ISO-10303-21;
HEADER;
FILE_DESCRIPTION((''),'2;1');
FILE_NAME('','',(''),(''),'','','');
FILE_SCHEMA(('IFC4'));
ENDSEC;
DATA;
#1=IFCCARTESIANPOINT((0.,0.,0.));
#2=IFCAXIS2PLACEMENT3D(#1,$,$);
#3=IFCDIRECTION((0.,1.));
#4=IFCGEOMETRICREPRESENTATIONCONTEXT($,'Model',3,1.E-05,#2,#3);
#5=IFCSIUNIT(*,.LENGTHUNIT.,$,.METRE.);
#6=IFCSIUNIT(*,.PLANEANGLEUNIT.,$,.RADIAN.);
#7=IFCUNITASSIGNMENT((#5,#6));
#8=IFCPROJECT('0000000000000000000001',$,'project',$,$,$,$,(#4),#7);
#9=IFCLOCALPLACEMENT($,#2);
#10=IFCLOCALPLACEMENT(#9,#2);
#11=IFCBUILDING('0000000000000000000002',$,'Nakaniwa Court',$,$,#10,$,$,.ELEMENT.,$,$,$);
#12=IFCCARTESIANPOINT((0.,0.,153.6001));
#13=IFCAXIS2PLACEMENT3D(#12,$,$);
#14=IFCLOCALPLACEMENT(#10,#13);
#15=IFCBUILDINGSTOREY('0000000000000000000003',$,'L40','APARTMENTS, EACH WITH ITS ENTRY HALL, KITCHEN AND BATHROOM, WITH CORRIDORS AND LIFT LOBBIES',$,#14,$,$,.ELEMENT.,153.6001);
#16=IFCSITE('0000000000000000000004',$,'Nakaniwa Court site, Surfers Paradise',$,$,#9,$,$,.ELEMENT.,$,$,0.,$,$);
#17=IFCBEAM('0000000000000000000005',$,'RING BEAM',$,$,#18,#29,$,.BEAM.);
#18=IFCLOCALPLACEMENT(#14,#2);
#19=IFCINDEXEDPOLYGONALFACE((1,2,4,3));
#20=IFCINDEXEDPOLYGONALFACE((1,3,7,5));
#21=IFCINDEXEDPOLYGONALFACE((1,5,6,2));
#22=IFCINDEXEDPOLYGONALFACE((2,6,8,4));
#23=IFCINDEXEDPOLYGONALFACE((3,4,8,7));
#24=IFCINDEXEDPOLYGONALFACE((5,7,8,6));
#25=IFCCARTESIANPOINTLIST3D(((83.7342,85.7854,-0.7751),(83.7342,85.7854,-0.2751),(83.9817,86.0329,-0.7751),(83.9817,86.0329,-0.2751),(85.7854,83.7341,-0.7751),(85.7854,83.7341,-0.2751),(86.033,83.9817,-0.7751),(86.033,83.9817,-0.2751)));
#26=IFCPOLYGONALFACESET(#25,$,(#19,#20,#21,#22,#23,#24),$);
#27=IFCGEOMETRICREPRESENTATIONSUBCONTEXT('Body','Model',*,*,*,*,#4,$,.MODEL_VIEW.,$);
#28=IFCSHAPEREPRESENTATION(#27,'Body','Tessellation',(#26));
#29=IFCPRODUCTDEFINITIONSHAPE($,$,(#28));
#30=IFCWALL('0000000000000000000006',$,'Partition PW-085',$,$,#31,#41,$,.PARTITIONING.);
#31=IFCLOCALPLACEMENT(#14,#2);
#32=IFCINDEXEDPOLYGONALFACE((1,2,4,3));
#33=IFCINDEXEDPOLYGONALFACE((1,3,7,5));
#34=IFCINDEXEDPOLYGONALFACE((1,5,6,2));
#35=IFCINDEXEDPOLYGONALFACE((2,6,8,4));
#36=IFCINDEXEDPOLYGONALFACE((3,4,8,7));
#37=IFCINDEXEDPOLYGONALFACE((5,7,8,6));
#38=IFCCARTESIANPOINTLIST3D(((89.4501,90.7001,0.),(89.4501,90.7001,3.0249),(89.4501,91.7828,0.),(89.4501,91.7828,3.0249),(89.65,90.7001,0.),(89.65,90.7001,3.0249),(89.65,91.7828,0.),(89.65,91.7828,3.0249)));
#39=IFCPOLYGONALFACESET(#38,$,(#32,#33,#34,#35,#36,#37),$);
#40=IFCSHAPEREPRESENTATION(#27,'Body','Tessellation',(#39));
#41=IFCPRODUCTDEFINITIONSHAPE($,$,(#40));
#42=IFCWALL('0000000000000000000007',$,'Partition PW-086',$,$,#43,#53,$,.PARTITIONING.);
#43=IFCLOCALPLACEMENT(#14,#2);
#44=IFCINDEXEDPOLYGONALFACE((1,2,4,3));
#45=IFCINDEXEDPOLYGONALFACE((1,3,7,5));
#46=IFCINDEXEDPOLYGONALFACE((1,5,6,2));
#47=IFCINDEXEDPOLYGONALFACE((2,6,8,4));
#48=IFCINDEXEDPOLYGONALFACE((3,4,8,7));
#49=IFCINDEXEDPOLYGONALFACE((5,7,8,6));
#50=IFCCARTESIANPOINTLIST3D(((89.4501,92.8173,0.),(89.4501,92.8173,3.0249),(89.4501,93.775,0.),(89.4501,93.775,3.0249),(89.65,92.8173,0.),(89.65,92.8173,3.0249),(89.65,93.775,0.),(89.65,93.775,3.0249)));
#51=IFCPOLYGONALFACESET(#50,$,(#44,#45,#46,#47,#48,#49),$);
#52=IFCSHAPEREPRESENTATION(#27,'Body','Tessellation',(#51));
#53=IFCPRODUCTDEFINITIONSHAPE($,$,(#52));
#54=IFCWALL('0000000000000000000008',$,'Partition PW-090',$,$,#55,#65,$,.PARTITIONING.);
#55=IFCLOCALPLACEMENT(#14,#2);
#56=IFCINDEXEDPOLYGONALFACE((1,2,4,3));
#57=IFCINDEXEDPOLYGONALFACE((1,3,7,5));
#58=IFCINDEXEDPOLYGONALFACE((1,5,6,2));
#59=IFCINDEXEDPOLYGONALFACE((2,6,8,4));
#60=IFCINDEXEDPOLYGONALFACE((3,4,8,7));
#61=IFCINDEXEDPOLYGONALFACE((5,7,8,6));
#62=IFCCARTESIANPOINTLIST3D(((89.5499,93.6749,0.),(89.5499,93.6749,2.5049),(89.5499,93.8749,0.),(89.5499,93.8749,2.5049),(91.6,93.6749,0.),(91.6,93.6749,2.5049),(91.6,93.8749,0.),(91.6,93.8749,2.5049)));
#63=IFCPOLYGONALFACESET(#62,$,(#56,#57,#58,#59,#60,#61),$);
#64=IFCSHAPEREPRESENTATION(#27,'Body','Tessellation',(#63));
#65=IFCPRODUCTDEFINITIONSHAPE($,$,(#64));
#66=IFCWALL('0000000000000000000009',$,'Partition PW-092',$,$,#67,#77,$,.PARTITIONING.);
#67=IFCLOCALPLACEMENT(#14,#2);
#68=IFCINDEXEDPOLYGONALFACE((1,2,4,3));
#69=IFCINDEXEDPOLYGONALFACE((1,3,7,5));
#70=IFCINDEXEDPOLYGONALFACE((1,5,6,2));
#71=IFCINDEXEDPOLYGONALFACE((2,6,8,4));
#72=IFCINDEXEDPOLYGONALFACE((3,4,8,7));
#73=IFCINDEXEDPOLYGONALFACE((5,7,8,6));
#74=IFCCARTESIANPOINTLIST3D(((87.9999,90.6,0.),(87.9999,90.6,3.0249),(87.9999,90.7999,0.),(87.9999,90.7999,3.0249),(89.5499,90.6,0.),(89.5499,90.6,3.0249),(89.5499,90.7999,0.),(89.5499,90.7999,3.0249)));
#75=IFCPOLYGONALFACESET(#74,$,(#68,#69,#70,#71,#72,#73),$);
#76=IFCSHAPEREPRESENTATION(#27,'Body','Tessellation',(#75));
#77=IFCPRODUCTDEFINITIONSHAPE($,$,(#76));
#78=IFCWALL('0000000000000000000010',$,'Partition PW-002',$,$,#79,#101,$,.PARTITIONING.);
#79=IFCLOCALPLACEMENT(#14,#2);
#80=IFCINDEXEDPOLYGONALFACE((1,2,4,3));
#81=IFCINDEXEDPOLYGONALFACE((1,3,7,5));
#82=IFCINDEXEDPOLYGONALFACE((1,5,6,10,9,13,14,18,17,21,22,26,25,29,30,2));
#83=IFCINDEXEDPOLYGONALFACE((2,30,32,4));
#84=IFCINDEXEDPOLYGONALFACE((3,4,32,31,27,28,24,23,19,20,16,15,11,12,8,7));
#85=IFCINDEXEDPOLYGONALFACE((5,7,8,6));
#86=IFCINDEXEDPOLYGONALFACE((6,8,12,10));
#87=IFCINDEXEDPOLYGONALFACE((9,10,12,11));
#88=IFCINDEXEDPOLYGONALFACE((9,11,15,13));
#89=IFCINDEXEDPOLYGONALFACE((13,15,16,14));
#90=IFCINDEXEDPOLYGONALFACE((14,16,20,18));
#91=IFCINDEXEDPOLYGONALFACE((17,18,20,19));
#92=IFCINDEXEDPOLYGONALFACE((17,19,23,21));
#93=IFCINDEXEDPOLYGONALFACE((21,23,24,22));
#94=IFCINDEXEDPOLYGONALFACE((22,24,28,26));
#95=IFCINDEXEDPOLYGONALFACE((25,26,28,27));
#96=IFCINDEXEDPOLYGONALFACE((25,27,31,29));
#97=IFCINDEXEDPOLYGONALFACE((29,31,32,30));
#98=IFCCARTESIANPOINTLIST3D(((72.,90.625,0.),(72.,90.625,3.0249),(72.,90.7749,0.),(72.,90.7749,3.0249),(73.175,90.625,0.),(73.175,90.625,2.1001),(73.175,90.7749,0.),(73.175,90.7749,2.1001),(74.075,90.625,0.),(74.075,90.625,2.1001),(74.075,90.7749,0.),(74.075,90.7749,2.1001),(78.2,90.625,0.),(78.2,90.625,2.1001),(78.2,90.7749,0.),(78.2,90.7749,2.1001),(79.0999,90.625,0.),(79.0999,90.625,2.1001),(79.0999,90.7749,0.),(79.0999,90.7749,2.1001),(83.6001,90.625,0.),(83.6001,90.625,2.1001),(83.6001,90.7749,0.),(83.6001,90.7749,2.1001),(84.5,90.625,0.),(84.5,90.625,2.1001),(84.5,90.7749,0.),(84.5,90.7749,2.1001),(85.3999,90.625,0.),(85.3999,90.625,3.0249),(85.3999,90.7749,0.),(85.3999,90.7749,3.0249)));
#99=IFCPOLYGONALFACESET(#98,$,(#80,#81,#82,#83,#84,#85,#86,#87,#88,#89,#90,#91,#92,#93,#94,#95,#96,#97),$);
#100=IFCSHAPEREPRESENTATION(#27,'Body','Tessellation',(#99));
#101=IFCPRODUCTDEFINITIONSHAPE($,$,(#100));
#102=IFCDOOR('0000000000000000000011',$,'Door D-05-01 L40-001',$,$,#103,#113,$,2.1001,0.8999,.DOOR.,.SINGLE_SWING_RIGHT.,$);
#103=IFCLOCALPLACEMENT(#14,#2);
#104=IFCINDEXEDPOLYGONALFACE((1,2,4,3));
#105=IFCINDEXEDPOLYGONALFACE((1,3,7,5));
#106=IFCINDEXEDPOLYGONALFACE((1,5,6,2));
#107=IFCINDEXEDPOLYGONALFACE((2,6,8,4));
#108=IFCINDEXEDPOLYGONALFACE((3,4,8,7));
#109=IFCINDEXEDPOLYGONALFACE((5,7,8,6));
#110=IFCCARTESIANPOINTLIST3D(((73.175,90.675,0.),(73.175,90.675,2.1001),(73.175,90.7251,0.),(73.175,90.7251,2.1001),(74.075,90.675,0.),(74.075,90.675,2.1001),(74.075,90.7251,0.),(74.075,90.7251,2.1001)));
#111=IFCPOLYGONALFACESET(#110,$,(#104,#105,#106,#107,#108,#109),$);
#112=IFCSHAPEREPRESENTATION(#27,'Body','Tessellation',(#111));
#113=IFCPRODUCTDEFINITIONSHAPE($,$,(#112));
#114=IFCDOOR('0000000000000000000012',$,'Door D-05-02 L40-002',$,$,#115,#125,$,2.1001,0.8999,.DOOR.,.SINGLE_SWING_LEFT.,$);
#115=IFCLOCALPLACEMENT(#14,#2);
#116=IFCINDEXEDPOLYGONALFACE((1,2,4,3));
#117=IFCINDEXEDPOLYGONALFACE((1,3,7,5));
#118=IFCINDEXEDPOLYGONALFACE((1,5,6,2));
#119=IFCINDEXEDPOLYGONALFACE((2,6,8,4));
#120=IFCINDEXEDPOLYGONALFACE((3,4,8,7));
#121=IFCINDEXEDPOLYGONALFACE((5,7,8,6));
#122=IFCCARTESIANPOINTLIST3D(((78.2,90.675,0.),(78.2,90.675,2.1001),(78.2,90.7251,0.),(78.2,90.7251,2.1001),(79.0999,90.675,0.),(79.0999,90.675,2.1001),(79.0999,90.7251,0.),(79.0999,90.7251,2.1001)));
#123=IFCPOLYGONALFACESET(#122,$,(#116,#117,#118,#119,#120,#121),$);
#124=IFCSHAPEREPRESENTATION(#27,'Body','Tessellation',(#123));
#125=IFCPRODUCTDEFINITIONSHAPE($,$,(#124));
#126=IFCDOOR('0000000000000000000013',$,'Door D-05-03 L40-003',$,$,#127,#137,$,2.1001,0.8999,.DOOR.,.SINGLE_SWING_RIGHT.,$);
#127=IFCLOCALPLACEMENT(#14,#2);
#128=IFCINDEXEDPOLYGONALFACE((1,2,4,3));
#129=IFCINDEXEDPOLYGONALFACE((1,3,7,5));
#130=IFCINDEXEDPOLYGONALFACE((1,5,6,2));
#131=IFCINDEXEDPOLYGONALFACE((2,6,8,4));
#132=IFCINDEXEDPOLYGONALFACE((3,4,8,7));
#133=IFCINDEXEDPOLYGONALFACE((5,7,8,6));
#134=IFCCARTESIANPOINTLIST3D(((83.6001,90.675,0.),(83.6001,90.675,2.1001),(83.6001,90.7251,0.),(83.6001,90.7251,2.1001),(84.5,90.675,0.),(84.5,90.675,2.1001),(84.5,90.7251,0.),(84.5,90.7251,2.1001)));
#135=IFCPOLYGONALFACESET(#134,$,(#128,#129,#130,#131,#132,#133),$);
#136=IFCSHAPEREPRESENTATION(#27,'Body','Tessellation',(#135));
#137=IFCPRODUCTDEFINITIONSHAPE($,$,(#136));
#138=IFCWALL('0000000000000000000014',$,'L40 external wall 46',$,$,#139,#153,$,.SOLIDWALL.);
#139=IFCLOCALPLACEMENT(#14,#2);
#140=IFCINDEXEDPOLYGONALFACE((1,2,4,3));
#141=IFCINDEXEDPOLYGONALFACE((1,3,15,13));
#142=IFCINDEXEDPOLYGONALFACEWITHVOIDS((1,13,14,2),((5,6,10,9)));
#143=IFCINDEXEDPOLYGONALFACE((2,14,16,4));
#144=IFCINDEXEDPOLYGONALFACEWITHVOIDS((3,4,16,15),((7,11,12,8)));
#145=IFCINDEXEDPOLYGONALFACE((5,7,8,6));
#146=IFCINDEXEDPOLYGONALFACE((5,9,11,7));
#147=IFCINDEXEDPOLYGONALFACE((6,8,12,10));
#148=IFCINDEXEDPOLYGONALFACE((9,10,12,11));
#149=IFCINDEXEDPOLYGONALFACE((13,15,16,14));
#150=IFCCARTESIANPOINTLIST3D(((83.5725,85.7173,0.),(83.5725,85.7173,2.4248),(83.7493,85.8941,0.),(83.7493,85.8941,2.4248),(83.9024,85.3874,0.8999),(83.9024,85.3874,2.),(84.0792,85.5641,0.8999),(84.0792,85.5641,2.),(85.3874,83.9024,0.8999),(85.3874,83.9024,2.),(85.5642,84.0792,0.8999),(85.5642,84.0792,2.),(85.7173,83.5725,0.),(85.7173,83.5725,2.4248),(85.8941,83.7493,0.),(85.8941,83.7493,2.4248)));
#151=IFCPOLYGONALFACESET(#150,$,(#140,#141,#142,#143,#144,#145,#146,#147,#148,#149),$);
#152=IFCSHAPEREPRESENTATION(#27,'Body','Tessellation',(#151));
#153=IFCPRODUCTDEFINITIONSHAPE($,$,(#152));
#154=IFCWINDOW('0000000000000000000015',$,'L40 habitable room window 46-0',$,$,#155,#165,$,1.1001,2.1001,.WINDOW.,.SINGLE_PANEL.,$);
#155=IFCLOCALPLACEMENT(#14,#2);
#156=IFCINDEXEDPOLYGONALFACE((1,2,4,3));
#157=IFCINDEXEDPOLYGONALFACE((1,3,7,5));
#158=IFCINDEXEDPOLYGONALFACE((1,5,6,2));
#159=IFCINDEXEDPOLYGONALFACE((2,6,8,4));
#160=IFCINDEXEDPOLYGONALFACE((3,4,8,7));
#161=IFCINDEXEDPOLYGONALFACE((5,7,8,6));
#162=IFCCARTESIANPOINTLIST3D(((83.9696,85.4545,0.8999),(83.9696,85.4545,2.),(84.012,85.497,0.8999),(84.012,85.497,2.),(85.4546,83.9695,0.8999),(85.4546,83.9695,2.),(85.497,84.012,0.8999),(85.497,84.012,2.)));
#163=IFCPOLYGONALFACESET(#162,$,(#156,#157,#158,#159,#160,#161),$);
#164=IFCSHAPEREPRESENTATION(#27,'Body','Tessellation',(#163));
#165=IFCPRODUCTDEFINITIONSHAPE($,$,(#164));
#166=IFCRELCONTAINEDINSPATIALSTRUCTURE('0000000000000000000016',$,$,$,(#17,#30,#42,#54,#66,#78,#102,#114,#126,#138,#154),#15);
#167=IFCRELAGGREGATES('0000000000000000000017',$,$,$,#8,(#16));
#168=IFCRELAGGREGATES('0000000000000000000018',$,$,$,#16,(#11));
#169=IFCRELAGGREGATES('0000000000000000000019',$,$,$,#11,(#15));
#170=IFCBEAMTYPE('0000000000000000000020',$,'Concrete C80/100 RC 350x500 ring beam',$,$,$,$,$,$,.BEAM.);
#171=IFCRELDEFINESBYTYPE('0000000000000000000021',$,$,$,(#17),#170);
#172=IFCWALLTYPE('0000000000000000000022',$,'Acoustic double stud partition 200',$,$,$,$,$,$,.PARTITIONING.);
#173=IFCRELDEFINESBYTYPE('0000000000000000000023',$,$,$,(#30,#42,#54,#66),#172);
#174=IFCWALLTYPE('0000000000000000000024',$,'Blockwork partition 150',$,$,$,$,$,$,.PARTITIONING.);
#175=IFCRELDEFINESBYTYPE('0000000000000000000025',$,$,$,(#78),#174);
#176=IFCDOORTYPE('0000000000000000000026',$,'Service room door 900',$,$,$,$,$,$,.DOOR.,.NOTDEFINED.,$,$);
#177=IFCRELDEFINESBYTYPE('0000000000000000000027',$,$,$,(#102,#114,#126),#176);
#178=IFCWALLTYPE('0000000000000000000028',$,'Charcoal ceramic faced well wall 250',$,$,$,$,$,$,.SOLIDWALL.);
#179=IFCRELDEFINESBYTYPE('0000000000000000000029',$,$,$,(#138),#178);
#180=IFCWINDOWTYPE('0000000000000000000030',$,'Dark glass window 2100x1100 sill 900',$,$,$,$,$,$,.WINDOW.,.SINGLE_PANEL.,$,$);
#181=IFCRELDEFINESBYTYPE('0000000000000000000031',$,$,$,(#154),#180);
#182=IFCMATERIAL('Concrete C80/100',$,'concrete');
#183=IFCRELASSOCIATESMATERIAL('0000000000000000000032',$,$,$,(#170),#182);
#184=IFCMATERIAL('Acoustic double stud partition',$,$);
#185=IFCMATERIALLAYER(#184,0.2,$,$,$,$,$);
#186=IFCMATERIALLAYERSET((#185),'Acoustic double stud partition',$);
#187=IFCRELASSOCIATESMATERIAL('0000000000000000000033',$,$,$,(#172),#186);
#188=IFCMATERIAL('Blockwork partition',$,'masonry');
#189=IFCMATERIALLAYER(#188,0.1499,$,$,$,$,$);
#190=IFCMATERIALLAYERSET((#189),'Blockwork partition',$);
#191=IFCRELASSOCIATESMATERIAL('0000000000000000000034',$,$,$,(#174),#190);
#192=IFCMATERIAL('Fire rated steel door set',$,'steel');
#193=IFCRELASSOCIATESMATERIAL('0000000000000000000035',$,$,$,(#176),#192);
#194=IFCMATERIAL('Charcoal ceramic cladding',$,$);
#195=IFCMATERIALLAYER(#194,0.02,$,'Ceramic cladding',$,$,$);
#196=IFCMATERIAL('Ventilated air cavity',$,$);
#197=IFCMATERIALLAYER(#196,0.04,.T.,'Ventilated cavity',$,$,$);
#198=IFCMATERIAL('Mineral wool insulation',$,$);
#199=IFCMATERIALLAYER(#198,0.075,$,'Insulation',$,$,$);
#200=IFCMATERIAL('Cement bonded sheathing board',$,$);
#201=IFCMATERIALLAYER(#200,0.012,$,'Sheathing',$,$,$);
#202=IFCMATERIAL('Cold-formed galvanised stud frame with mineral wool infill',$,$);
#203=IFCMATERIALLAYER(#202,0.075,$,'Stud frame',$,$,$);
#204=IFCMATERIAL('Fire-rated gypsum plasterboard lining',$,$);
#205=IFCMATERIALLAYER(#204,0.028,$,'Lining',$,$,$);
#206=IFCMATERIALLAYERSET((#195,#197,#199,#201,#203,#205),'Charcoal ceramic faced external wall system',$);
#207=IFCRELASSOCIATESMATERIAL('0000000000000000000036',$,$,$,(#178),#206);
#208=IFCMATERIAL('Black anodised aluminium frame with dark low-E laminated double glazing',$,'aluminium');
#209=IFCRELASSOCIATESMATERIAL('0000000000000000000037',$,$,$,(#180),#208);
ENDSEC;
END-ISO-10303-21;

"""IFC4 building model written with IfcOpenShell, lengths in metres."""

from ifc_helpers import new_model, si_unit, direction, frame, frame_2d, origin, origin_2d, place, context, subcontext, project, spatial, rectangle, extrude, material, layer, layer_set, material_profile, profile_set, type_object, element, fill, save


model = new_model("IFC4")

# Units and contexts
model_context = context("Model", 3, precision=1e-05, world=origin(), true_north=direction((0.0, 1.0)))
body_context = subcontext(model_context, "Body", "Model", "MODEL_VIEW")
ifc_project = project(units=[si_unit("LENGTHUNIT", "METRE"), si_unit("PLANEANGLEUNIT", "RADIAN")], contexts=[model_context])

# Site, building, storey
site_placement = place(None, origin())
site = spatial("IfcSite", under=ifc_project, at=site_placement, Name="Nakaniwa Court site, Surfers Paradise", CompositionType="ELEMENT", RefElevation=0.0)
building_placement = place(site_placement, origin())
building = spatial("IfcBuilding", under=site, at=building_placement, Name="Nakaniwa Court", CompositionType="ELEMENT")
storey_placement = place(building_placement, frame((0.0, 0.0, 153.6001)))
storey = spatial("IfcBuildingStorey", under=building, at=storey_placement, Name="L40", Description="APARTMENTS, EACH WITH ITS ENTRY HALL, KITCHEN AND BATHROOM, WITH CORRIDORS AND LIFT LOBBIES", CompositionType="ELEMENT", Elevation=153.6001)

# Shared definitions
ifc_material_1 = material(Name="Concrete C80/100", Category="concrete")

# Beam
ifc_material_profile_1 = material_profile(ifc_material_1, rectangle(XDim=0.3501, YDim=0.5, at=origin_2d()), Name="Concrete C80/100 RC 350x500 ring beam")
ifc_profile_set_1 = profile_set([ifc_material_profile_1], Name="Concrete C80/100")
beam_type = type_object("IfcBeamType", Name="Concrete C80/100 RC 350x500 ring beam", PredefinedType="BEAM", material=ifc_profile_set_1)
beam_placement = place(storey_placement, frame((85.9092, 83.8579, -0.5251), z_axis=(-0.707107, 0.707107, 0.0), x_axis=(-0.707107, -0.707107, 0.0)))
element("IfcBeam", 1, at=beam_placement, inside=storey, type_object=beam_type, Name="RING BEAM", PredefinedType="BEAM", context=body_context, shape_type="SweptSolid", body=[
    extrude(rectangle(XDim=0.3501, YDim=0.5, at=origin_2d()), origin(), (0.0, 0.0, 1.0), 2.9009),
])

# Walls
ifc_material_2 = material(Name="Acoustic double stud partition")
ifc_layer_1 = layer(ifc_material_2, 0.2)
ifc_layer_set_1 = layer_set([ifc_layer_1], Name="Acoustic double stud partition")
wall_type_1 = type_object("IfcWallType", Name="Acoustic double stud partition 200", PredefinedType="PARTITIONING", material=ifc_layer_set_1)
wall_1_placement = place(storey_placement, frame((89.55, 90.7, 0.0), z_axis=(0.0, 0.0, 1.0), x_axis=(0.0, 1.0, 0.0)))
element("IfcWall", 2, at=wall_1_placement, inside=storey, type_object=wall_type_1, Name="Partition PW-085", PredefinedType="PARTITIONING", context=body_context, shape_type="SweptSolid", body=[
    extrude(rectangle(XDim=1.0828, YDim=0.2, at=frame_2d((0.5415, 0.0))), origin(), (0.0, 0.0, 1.0), 3.0249),
])
wall_2_placement = place(storey_placement, frame((89.55, 92.8171, 0.0), z_axis=(0.0, 0.0, 1.0), x_axis=(0.0, 1.0, 0.0)))
element("IfcWall", 3, at=wall_2_placement, inside=storey, type_object=wall_type_1, Name="Partition PW-086", PredefinedType="PARTITIONING", context=body_context, shape_type="SweptSolid", body=[
    extrude(rectangle(XDim=0.9578, YDim=0.2, at=frame_2d((0.479, 0.0))), origin(), (0.0, 0.0, 1.0), 3.0249),
])
wall_3_placement = place(storey_placement, frame((89.55, 93.7749, 0.0), z_axis=(0.0, 0.0, 1.0), x_axis=(1.0, 0.0, 0.0)))
element("IfcWall", 4, at=wall_3_placement, inside=storey, type_object=wall_type_1, Name="Partition PW-090", PredefinedType="PARTITIONING", context=body_context, shape_type="SweptSolid", body=[
    extrude(rectangle(XDim=2.05, YDim=0.2, at=frame_2d((1.0249, 0.0))), origin(), (0.0, 0.0, 1.0), 2.5049),
])
wall_4_placement = place(storey_placement, frame((88.0, 90.7, 0.0), z_axis=(0.0, 0.0, 1.0), x_axis=(1.0, 0.0, 0.0)))
element("IfcWall", 5, at=wall_4_placement, inside=storey, type_object=wall_type_1, Name="Partition PW-092", PredefinedType="PARTITIONING", context=body_context, shape_type="SweptSolid", body=[
    extrude(rectangle(XDim=1.55, YDim=0.2, at=frame_2d((0.7749, 0.0))), origin(), (0.0, 0.0, 1.0), 3.0249),
])

# Wall, openings, doors
ifc_material_3 = material(Name="Blockwork partition", Category="masonry")
ifc_layer_2 = layer(ifc_material_3, 0.1499)
ifc_layer_set_2 = layer_set([ifc_layer_2], Name="Blockwork partition")
wall_type_2 = type_object("IfcWallType", Name="Blockwork partition 150", PredefinedType="PARTITIONING", material=ifc_layer_set_2)
wall_5_placement = place(storey_placement, frame((85.3999, 90.7, 0.0), z_axis=(0.0, 0.0, 1.0), x_axis=(-1.0, 0.0, 0.0)))
wall_5 = element("IfcWall", 6, at=wall_5_placement, inside=storey, type_object=wall_type_2, Name="Partition PW-002", PredefinedType="PARTITIONING", context=body_context, shape_type="SweptSolid", body=[
    extrude(rectangle(XDim=13.3999, YDim=0.1499, at=frame_2d((6.7, 0.0))), origin(), (0.0, 0.0, 1.0), 3.0249),
])
opening_1_placement = place(wall_5_placement, frame((11.325, 0.0, 0.0)))
opening_1 = element("IfcOpeningElement", 7, at=opening_1_placement, cuts=wall_5, PredefinedType="OPENING", context=body_context, shape_type="SweptSolid", body=[
    extrude(rectangle(XDim=0.8999, YDim=2.1001, at=frame_2d((0.45, 1.05))), frame((0.0, 0.085, 0.0), z_axis=(0.0, -1.0, 0.0), x_axis=(1.0, 0.0, 0.0)), (0.0, 0.0, 1.0), 0.1699),
])
opening_2_placement = place(wall_5_placement, frame((6.3, 0.0, 0.0)))
opening_2 = element("IfcOpeningElement", 8, at=opening_2_placement, cuts=wall_5, PredefinedType="OPENING", context=body_context, shape_type="SweptSolid", body=[
    extrude(rectangle(XDim=0.8999, YDim=2.1001, at=frame_2d((0.45, 1.05))), frame((0.0, 0.085, 0.0), z_axis=(0.0, -1.0, 0.0), x_axis=(1.0, 0.0, 0.0)), (0.0, 0.0, 1.0), 0.1699),
])
opening_3_placement = place(wall_5_placement, frame((0.8999, 0.0, 0.0)))
opening_3 = element("IfcOpeningElement", 9, at=opening_3_placement, cuts=wall_5, PredefinedType="OPENING", context=body_context, shape_type="SweptSolid", body=[
    extrude(rectangle(XDim=0.8999, YDim=2.1001, at=frame_2d((0.45, 1.05))), frame((0.0, 0.085, 0.0), z_axis=(0.0, -1.0, 0.0), x_axis=(1.0, 0.0, 0.0)), (0.0, 0.0, 1.0), 0.1699),
])
ifc_material_4 = material(Name="Fire rated steel door set", Category="steel")
door_type_1 = type_object("IfcDoorType", Name="Service room door 900", OperationType="NOTDEFINED", PredefinedType="DOOR", material=ifc_material_4)
door_1_placement = place(opening_1_placement, origin())
door_1 = element("IfcDoor", 10, at=door_1_placement, inside=storey, type_object=door_type_1, Name="Door D-05-01 L40-001", OperationType="SINGLE_SWING_RIGHT", OverallHeight=2.1001, OverallWidth=0.8999, PredefinedType="DOOR", context=body_context, shape_type="SweptSolid", body=[
    extrude(rectangle(XDim=0.8999, YDim=2.1001, at=frame_2d((0.45, 1.05))), frame((0.0, 0.0249, 0.0), z_axis=(0.0, -1.0, 0.0), x_axis=(1.0, 0.0, 0.0)), (0.0, 0.0, 1.0), 0.05),
])
fill(opening_1, door_1)
door_2_placement = place(opening_2_placement, origin())
door_2 = element("IfcDoor", 11, at=door_2_placement, inside=storey, type_object=door_type_1, Name="Door D-05-02 L40-002", OperationType="SINGLE_SWING_LEFT", OverallHeight=2.1001, OverallWidth=0.8999, PredefinedType="DOOR", context=body_context, shape_type="SweptSolid", body=[
    extrude(rectangle(XDim=0.8999, YDim=2.1001, at=frame_2d((0.45, 1.05))), frame((0.0, 0.0249, 0.0), z_axis=(0.0, -1.0, 0.0), x_axis=(1.0, 0.0, 0.0)), (0.0, 0.0, 1.0), 0.05),
])
fill(opening_2, door_2)
door_3_placement = place(opening_3_placement, origin())
door_3 = element("IfcDoor", 12, at=door_3_placement, inside=storey, type_object=door_type_1, Name="Door D-05-03 L40-003", OperationType="SINGLE_SWING_RIGHT", OverallHeight=2.1001, OverallWidth=0.8999, PredefinedType="DOOR", context=body_context, shape_type="SweptSolid", body=[
    extrude(rectangle(XDim=0.8999, YDim=2.1001, at=frame_2d((0.45, 1.05))), frame((0.0, 0.0249, 0.0), z_axis=(0.0, -1.0, 0.0), x_axis=(1.0, 0.0, 0.0)), (0.0, 0.0, 1.0), 0.05),
])
fill(opening_3, door_3)

# Wall, opening, window
ifc_material_5 = material(Name="Charcoal ceramic cladding")
ifc_layer_3 = layer(ifc_material_5, 0.02, Name="Ceramic cladding")
ifc_material_6 = material(Name="Ventilated air cavity")
ifc_layer_4 = layer(ifc_material_6, 0.04, ventilated=True, Name="Ventilated cavity")
ifc_material_7 = material(Name="Mineral wool insulation")
ifc_layer_5 = layer(ifc_material_7, 0.075, Name="Insulation")
ifc_material_8 = material(Name="Cement bonded sheathing board")
ifc_layer_6 = layer(ifc_material_8, 0.012, Name="Sheathing")
ifc_material_9 = material(Name="Cold-formed galvanised stud frame with mineral wool infill")
ifc_layer_7 = layer(ifc_material_9, 0.075, Name="Stud frame")
ifc_material_10 = material(Name="Fire-rated gypsum plasterboard lining")
ifc_layer_8 = layer(ifc_material_10, 0.028, Name="Lining")
ifc_layer_set_3 = layer_set([ifc_layer_3, ifc_layer_4, ifc_layer_5, ifc_layer_6, ifc_layer_7, ifc_layer_8], Name="Charcoal ceramic faced external wall system")
wall_type_3 = type_object("IfcWallType", Name="Charcoal ceramic faced well wall 250", PredefinedType="SOLIDWALL", material=ifc_layer_set_3)
wall_6_placement = place(storey_placement, frame((83.6609, 85.8057, 0.0), z_axis=(0.0, 0.0, 1.0), x_axis=(0.707107, -0.707107, 0.0)))
wall_6 = element("IfcWall", 13, at=wall_6_placement, inside=storey, type_object=wall_type_3, Name="L40 external wall 46", PredefinedType="SOLIDWALL", context=body_context, shape_type="SweptSolid", body=[
    extrude(rectangle(XDim=3.0332, YDim=0.25, at=frame_2d((1.5166, 0.0))), origin(), (0.0, 0.0, 1.0), 2.4248),
])
opening_4_placement = place(wall_6_placement, frame((0.4666, 0.0, 0.8999)))
opening_4 = element("IfcOpeningElement", 14, at=opening_4_placement, cuts=wall_6, PredefinedType="OPENING", context=body_context, shape_type="SweptSolid", body=[
    extrude(rectangle(XDim=2.1001, YDim=1.1001, at=frame_2d((1.05, 0.55))), frame((0.0, 0.135, 0.0), z_axis=(0.0, -1.0, 0.0), x_axis=(1.0, 0.0, 0.0)), (0.0, 0.0, 1.0), 0.27),
])
ifc_material_11 = material(Name="Black anodised aluminium frame with dark low-E laminated double glazing", Category="aluminium")
window_type = type_object("IfcWindowType", Name="Dark glass window 2100x1100 sill 900", PartitioningType="SINGLE_PANEL", PredefinedType="WINDOW", material=ifc_material_11)
window_1_placement = place(opening_4_placement, origin())
window_1 = element("IfcWindow", 15, at=window_1_placement, inside=storey, type_object=window_type, Name="L40 habitable room window 46-0", OverallHeight=1.1001, OverallWidth=2.1001, PartitioningType="SINGLE_PANEL", PredefinedType="WINDOW", context=body_context, shape_type="SweptSolid", body=[
    extrude(rectangle(XDim=2.1001, YDim=1.1001, at=frame_2d((1.05, 0.55))), frame((0.0, 0.03, 0.0), z_axis=(0.0, -1.0, 0.0), x_axis=(1.0, 0.0, 0.0)), (0.0, 0.0, 1.0), 0.0601),
])
fill(opening_4, window_1)

save(model, "model.ifc")
